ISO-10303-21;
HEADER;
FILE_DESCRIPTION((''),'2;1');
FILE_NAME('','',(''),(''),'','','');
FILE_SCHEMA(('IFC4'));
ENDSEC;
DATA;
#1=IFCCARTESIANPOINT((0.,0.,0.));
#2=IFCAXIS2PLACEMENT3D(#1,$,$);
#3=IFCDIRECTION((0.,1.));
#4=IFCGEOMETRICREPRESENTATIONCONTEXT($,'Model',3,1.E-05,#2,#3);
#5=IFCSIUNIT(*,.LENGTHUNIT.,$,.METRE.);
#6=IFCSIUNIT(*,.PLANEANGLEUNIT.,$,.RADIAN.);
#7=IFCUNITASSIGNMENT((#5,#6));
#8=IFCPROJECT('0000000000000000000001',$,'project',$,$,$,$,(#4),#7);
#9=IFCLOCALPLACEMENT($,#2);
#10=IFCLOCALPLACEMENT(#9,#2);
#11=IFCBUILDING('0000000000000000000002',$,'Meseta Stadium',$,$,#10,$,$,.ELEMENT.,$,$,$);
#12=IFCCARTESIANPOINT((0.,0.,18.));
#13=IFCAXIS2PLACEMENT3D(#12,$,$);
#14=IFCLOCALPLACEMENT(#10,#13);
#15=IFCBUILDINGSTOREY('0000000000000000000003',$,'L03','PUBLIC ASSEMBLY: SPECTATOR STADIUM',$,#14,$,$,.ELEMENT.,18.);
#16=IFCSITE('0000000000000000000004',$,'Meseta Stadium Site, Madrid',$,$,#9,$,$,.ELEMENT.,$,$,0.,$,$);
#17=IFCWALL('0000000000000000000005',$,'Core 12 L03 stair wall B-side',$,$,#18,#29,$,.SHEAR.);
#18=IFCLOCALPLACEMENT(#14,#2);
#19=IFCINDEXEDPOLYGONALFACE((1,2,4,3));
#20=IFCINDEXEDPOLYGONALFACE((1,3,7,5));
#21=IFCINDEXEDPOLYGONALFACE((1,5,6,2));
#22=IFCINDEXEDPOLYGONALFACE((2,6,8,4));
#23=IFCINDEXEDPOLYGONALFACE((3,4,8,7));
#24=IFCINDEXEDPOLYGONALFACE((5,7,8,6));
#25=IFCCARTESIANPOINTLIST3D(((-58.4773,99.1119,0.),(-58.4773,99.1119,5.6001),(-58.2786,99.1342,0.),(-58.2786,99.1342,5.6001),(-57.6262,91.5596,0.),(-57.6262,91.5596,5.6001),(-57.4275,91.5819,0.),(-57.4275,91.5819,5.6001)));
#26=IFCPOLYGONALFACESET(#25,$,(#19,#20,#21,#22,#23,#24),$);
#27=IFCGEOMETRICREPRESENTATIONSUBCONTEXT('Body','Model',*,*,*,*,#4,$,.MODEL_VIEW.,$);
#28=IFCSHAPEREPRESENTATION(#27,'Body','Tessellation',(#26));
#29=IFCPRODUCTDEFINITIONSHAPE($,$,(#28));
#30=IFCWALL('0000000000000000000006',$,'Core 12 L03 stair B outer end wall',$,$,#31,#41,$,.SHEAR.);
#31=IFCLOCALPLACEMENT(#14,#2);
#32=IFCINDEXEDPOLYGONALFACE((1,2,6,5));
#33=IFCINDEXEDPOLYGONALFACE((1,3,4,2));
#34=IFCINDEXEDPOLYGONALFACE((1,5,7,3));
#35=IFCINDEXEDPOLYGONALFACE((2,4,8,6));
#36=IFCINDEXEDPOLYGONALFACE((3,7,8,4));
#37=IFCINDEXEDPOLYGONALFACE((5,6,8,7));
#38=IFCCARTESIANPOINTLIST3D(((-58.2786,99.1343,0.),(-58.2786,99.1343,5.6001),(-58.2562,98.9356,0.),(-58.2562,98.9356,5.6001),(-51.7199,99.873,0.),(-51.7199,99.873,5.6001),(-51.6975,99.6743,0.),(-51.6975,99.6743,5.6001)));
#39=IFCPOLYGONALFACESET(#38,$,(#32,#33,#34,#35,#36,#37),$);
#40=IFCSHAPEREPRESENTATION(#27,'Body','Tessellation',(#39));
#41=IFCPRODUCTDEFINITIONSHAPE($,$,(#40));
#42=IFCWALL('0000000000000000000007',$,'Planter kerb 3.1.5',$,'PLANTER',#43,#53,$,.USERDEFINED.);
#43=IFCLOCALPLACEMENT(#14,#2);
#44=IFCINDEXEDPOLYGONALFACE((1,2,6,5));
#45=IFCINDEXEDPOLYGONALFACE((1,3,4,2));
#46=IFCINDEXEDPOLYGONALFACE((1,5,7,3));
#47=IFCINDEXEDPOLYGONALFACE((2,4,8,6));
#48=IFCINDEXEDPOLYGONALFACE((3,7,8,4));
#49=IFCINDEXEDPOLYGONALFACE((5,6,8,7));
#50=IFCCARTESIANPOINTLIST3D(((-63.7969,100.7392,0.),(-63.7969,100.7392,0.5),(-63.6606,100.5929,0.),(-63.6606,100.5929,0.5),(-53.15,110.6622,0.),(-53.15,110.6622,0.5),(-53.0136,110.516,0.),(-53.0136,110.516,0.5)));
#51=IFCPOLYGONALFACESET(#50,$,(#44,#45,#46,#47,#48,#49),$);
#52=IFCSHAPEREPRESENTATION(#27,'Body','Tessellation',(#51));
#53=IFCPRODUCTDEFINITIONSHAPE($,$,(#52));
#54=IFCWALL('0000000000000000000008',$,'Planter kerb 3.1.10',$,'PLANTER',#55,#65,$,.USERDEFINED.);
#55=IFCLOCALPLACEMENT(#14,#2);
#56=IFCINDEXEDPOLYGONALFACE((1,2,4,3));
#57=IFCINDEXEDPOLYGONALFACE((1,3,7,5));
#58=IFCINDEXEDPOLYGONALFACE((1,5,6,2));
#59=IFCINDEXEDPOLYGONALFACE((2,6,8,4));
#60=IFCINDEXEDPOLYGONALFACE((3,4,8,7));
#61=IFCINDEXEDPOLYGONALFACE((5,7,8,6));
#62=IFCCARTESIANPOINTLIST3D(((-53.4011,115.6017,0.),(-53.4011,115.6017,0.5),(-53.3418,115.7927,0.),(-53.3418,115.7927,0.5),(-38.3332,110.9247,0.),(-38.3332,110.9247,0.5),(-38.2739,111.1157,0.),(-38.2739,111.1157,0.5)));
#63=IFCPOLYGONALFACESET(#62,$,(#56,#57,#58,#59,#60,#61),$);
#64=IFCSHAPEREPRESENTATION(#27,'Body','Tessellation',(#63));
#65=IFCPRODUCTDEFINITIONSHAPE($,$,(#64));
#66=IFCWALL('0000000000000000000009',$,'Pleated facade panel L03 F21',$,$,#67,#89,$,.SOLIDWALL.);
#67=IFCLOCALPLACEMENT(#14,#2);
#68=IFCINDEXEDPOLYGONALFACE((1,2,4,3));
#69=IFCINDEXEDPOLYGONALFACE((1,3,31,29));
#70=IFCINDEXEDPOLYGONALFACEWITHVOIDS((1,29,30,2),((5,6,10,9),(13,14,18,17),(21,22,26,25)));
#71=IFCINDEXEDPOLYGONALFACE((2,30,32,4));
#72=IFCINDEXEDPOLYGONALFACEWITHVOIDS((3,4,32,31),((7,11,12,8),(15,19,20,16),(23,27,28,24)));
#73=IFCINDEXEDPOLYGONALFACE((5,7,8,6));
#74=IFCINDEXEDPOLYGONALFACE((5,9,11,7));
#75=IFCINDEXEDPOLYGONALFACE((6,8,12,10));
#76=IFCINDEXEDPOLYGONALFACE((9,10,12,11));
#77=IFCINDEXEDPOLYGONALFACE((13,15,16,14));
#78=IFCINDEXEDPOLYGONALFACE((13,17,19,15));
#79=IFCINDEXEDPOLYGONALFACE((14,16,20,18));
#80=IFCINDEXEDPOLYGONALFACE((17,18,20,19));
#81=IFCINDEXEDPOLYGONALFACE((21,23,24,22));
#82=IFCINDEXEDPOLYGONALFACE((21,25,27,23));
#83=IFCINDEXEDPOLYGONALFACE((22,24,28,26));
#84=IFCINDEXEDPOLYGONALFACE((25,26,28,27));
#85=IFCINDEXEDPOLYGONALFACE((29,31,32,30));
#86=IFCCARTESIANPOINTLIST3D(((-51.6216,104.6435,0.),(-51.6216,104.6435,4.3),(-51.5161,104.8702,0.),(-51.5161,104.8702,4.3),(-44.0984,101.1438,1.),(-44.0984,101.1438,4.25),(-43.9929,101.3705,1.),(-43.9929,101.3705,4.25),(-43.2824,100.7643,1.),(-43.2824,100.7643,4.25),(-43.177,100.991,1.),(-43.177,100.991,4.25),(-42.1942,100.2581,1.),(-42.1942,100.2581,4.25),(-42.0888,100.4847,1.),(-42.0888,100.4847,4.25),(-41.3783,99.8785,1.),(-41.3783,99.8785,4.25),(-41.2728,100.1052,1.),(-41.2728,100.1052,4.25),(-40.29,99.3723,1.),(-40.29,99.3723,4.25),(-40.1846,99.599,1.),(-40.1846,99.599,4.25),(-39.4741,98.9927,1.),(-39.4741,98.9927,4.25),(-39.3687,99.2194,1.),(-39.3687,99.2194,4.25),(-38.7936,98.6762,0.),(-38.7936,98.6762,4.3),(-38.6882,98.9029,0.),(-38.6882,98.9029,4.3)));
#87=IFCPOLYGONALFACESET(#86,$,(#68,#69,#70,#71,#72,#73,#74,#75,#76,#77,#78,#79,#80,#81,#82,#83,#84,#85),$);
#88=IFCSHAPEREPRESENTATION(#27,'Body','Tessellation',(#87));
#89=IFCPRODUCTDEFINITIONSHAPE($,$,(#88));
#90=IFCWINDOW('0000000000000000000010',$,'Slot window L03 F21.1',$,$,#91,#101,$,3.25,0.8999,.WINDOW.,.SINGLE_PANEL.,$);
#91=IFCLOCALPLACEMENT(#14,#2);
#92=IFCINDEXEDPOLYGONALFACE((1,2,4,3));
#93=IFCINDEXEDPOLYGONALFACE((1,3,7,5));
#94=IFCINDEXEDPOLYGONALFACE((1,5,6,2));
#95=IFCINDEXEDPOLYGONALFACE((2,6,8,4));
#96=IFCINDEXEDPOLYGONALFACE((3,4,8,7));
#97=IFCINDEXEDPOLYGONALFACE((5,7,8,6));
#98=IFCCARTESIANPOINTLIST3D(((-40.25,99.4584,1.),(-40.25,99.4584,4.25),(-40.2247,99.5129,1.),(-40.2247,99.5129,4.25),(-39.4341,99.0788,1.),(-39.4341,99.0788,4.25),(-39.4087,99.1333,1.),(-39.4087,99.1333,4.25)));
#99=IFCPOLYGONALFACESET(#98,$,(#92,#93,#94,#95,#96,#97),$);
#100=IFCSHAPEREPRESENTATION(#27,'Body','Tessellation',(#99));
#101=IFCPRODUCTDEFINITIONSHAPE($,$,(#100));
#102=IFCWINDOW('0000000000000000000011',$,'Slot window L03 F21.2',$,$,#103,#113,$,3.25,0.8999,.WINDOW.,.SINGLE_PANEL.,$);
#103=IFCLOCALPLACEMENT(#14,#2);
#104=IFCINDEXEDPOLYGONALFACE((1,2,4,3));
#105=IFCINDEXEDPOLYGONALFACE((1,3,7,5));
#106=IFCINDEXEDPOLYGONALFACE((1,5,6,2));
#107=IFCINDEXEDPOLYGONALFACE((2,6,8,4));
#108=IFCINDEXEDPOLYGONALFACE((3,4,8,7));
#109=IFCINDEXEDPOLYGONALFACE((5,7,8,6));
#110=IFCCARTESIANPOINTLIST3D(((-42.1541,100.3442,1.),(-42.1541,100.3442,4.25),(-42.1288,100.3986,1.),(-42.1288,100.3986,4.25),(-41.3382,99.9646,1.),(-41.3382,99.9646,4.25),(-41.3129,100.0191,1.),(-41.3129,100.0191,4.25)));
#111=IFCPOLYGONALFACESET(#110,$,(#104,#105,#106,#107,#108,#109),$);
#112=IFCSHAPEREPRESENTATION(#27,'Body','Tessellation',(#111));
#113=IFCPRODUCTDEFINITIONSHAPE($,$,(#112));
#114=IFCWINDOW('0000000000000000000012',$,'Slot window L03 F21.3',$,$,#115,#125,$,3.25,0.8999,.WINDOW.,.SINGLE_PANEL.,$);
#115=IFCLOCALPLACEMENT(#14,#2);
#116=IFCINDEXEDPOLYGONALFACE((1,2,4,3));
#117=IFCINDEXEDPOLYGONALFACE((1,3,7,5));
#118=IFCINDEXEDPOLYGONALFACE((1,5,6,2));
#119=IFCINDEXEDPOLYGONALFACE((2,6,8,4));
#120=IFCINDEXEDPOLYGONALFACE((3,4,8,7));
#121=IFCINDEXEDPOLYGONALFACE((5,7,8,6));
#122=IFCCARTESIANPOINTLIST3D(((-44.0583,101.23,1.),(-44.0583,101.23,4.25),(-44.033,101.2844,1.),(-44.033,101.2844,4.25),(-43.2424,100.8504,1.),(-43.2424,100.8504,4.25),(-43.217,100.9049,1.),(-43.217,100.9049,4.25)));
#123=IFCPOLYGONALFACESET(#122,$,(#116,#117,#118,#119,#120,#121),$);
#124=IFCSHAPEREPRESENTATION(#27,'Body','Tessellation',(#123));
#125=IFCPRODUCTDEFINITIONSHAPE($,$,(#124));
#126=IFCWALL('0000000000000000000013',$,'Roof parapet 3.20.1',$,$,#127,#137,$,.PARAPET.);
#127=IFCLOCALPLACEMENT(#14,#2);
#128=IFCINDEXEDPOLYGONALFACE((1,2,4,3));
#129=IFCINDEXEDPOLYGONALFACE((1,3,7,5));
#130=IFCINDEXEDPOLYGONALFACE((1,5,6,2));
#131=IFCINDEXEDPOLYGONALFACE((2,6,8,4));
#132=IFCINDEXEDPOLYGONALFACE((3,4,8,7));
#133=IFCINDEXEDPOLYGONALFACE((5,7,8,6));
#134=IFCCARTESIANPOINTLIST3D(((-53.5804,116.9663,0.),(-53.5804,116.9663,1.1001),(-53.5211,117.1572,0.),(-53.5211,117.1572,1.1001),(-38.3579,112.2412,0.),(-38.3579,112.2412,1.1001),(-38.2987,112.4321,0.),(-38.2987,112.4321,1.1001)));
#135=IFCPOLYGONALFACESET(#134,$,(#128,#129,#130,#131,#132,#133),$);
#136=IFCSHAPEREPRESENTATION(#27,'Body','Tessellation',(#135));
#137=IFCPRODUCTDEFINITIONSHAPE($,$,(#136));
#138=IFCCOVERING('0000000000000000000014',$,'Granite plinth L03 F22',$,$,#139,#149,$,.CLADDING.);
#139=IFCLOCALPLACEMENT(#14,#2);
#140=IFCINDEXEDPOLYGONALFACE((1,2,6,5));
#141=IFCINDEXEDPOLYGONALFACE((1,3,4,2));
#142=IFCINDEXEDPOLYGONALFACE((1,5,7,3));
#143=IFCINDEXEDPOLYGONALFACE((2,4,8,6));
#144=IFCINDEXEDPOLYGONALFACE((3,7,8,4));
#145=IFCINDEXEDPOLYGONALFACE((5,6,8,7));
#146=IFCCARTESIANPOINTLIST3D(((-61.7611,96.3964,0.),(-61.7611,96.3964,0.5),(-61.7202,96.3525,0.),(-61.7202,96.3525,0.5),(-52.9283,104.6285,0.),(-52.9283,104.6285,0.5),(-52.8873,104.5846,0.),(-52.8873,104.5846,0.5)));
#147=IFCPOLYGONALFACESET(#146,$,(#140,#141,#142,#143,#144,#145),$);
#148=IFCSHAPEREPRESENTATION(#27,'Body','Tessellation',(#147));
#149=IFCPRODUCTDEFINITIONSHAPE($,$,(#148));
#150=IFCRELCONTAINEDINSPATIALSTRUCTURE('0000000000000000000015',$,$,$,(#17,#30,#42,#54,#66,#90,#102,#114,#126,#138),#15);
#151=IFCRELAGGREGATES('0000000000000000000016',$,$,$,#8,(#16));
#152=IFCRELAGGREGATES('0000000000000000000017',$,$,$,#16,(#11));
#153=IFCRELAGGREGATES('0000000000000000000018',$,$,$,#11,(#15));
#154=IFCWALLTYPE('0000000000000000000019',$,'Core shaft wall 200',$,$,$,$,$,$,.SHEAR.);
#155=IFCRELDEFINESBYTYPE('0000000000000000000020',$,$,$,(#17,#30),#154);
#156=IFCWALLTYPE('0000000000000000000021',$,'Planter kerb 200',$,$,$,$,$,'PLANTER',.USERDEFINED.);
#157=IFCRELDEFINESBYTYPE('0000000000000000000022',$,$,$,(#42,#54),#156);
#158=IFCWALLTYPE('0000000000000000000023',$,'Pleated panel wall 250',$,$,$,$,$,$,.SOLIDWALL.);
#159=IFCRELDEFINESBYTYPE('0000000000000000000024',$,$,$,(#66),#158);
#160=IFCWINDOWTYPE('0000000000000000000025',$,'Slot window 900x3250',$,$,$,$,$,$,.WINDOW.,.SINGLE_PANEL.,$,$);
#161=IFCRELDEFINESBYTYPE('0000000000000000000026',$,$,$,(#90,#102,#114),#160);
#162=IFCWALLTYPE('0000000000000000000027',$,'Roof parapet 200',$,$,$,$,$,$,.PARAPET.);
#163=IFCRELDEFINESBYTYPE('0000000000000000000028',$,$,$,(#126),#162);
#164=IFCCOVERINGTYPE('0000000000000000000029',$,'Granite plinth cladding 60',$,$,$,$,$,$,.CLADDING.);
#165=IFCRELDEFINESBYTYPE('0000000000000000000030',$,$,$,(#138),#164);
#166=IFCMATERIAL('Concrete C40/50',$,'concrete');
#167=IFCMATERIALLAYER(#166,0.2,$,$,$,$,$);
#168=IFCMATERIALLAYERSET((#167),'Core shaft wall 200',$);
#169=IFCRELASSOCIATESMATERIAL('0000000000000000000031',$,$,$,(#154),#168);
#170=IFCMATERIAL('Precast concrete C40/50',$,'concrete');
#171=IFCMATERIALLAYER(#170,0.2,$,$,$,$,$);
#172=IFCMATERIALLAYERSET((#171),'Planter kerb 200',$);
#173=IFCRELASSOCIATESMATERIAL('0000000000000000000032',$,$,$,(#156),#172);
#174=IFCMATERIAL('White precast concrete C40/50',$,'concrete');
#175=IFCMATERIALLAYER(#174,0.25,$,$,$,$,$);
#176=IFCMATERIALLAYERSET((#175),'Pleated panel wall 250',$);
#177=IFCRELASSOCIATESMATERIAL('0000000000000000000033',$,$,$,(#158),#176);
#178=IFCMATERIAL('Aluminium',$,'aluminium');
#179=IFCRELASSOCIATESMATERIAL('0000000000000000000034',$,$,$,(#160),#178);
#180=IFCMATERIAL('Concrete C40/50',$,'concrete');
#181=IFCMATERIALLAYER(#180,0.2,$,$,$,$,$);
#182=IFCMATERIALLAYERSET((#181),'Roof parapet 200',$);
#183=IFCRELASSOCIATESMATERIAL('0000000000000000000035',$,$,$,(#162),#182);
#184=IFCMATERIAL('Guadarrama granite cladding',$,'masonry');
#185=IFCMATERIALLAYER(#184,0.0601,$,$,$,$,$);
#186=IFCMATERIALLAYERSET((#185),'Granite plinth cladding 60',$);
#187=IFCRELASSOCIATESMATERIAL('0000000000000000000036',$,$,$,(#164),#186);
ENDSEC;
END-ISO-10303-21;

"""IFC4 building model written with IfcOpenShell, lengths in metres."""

from ifc_helpers import new_model, si_unit, direction, frame, frame_2d, origin, origin_2d, place, context, subcontext, project, spatial, rectangle, extrude, material, layer, layer_set, type_object, element, fill, save


model = new_model("IFC4")

# Units and contexts
model_context = context("Model", 3, precision=1e-05, world=origin(), true_north=direction((0.0, 1.0)))
body_context = subcontext(model_context, "Body", "Model", "MODEL_VIEW")
ifc_project = project(units=[si_unit("LENGTHUNIT", "METRE"), si_unit("PLANEANGLEUNIT", "RADIAN")], contexts=[model_context])

# Site, building, storey
site_placement = place(None, origin())
site = spatial("IfcSite", under=ifc_project, at=site_placement, Name="Meseta Stadium Site, Madrid", CompositionType="ELEMENT", RefElevation=0.0)
building_placement = place(site_placement, origin())
building = spatial("IfcBuilding", under=site, at=building_placement, Name="Meseta Stadium", CompositionType="ELEMENT")
storey_placement = place(building_placement, frame((0.0, 0.0, 18.0)))
storey = spatial("IfcBuildingStorey", under=building, at=storey_placement, Name="L03", Description="PUBLIC ASSEMBLY: SPECTATOR STADIUM", CompositionType="ELEMENT", Elevation=18.0)

# Walls
ifc_material_1 = material(Name="Concrete C40/50", Category="concrete")
ifc_layer_1 = layer(ifc_material_1, 0.2)
ifc_layer_set_1 = layer_set([ifc_layer_1], Name="Core shaft wall 200")
wall_type_1 = type_object("IfcWallType", Name="Core shaft wall 200", PredefinedType="SHEAR", material=ifc_layer_set_1)
wall_1_placement = place(storey_placement, frame((-58.3779, 99.123, 0.0), z_axis=(0.0, 0.0, 1.0), x_axis=(0.111983, -0.99371, 0.0)))
element("IfcWall", 1, at=wall_1_placement, inside=storey, type_object=wall_type_1, Name="Core 12 L03 stair wall B-side", PredefinedType="SHEAR", context=body_context, shape_type="SweptSolid", body=[
    extrude(rectangle(XDim=7.6001, YDim=0.2, at=frame_2d((3.8, 0.0))), origin(), (0.0, 0.0, 1.0), 5.6001),
])
wall_2_placement = place(storey_placement, frame((-51.7087, 99.7737, 0.0), z_axis=(0.0, 0.0, 1.0), x_axis=(-0.993716, -0.111934, 0.0)))
element("IfcWall", 2, at=wall_2_placement, inside=storey, type_object=wall_type_1, Name="Core 12 L03 stair B outer end wall", PredefinedType="SHEAR", context=body_context, shape_type="SweptSolid", body=[
    extrude(rectangle(XDim=6.6001, YDim=0.2, at=frame_2d((3.3, 0.0))), origin(), (0.0, 0.0, 1.0), 5.6001),
])
ifc_material_2 = material(Name="Precast concrete C40/50", Category="concrete")
ifc_layer_2 = layer(ifc_material_2, 0.2)
ifc_layer_set_2 = layer_set([ifc_layer_2], Name="Planter kerb 200")
wall_type_2 = type_object("IfcWallType", Name="Planter kerb 200", ElementType="PLANTER", PredefinedType="USERDEFINED", material=ifc_layer_set_2)
wall_3_placement = place(storey_placement, frame((-53.0818, 110.5891, 0.0), z_axis=(0.0, 0.0, 1.0), x_axis=(-0.731538, -0.681801, 0.0)))
element("IfcWall", 3, at=wall_3_placement, inside=storey, type_object=wall_type_2, Name="Planter kerb 3.1.5", ObjectType="PLANTER", PredefinedType="USERDEFINED", context=body_context, shape_type="SweptSolid", body=[
    extrude(rectangle(XDim=14.5542, YDim=0.2, at=frame_2d((7.2771, 0.0))), origin(), (0.0, 0.0, 1.0), 0.5),
])
wall_4_placement = place(storey_placement, frame((-53.3716, 115.6973, 0.0), z_axis=(0.0, 0.0, 1.0), x_axis=(0.95505, -0.296444, 0.0)))
element("IfcWall", 4, at=wall_4_placement, inside=storey, type_object=wall_type_2, Name="Planter kerb 3.1.10", ObjectType="PLANTER", PredefinedType="USERDEFINED", context=body_context, shape_type="SweptSolid", body=[
    extrude(rectangle(XDim=15.7771, YDim=0.2, at=frame_2d((7.8887, 0.0))), origin(), (0.0, 0.0, 1.0), 0.5),
])

# Wall, openings, windows
ifc_material_3 = material(Name="White precast concrete C40/50", Category="concrete")
ifc_layer_3 = layer(ifc_material_3, 0.25)
ifc_layer_set_3 = layer_set([ifc_layer_3], Name="Pleated panel wall 250")
wall_type_3 = type_object("IfcWallType", Name="Pleated panel wall 250", PredefinedType="SOLIDWALL", material=ifc_layer_set_3)
wall_5_placement = place(storey_placement, frame((-51.5688, 104.7568, 0.0), z_axis=(0.0, 0.0, 1.0), x_axis=(0.906699, -0.421779, 0.0)))
wall_5 = element("IfcWall", 5, at=wall_5_placement, inside=storey, type_object=wall_type_3, Name="Pleated facade panel L03 F21", PredefinedType="SOLIDWALL", context=body_context, shape_type="SweptSolid", body=[
    extrude(rectangle(XDim=14.1479, YDim=0.25, at=frame_2d((7.074, 0.0))), origin(), (0.0, 0.0, 1.0), 4.3),
])
opening_1_placement = place(wall_5_placement, frame((12.4976, 0.0, 1.0)))
opening_1 = element("IfcOpeningElement", 6, at=opening_1_placement, cuts=wall_5, PredefinedType="OPENING", context=body_context, shape_type="SweptSolid", body=[
    extrude(rectangle(XDim=0.8999, YDim=3.25, at=frame_2d((0.45, 1.625))), frame((0.0, 0.135, 0.0), z_axis=(0.0, -1.0, 0.0), x_axis=(1.0, 0.0, 0.0)), (0.0, 0.0, 1.0), 0.27),
])
opening_2_placement = place(wall_5_placement, frame((10.3975, 0.0, 1.0)))
opening_2 = element("IfcOpeningElement", 7, at=opening_2_placement, cuts=wall_5, PredefinedType="OPENING", context=body_context, shape_type="SweptSolid", body=[
    extrude(rectangle(XDim=0.8999, YDim=3.25, at=frame_2d((0.45, 1.625))), frame((0.0, 0.135, 0.0), z_axis=(0.0, -1.0, 0.0), x_axis=(1.0, 0.0, 0.0)), (0.0, 0.0, 1.0), 0.27),
])
opening_3_placement = place(wall_5_placement, frame((8.2974, 0.0, 1.0)))
opening_3 = element("IfcOpeningElement", 8, at=opening_3_placement, cuts=wall_5, PredefinedType="OPENING", context=body_context, shape_type="SweptSolid", body=[
    extrude(rectangle(XDim=0.8999, YDim=3.25, at=frame_2d((0.45, 1.625))), frame((0.0, 0.135, 0.0), z_axis=(0.0, -1.0, 0.0), x_axis=(1.0, 0.0, 0.0)), (0.0, 0.0, 1.0), 0.27),
])
ifc_material_4 = material(Name="Aluminium", Category="aluminium")
window_type = type_object("IfcWindowType", Name="Slot window 900x3250", PartitioningType="SINGLE_PANEL", PredefinedType="WINDOW", material=ifc_material_4)
window_1_placement = place(opening_1_placement, origin())
window_1 = element("IfcWindow", 9, at=window_1_placement, inside=storey, type_object=window_type, Name="Slot window L03 F21.1", OverallHeight=3.25, OverallWidth=0.8999, PartitioningType="SINGLE_PANEL", PredefinedType="WINDOW", context=body_context, shape_type="SweptSolid", body=[
    extrude(rectangle(XDim=0.8999, YDim=3.25, at=frame_2d((0.45, 1.625))), frame((0.0, 0.03, 0.0), z_axis=(0.0, -1.0, 0.0), x_axis=(1.0, 0.0, 0.0)), (0.0, 0.0, 1.0), 0.0601),
])
fill(opening_1, window_1)
window_2_placement = place(opening_2_placement, origin())
window_2 = element("IfcWindow", 10, at=window_2_placement, inside=storey, type_object=window_type, Name="Slot window L03 F21.2", OverallHeight=3.25, OverallWidth=0.8999, PartitioningType="SINGLE_PANEL", PredefinedType="WINDOW", context=body_context, shape_type="SweptSolid", body=[
    extrude(rectangle(XDim=0.8999, YDim=3.25, at=frame_2d((0.45, 1.625))), frame((0.0, 0.03, 0.0), z_axis=(0.0, -1.0, 0.0), x_axis=(1.0, 0.0, 0.0)), (0.0, 0.0, 1.0), 0.0601),
])
fill(opening_2, window_2)
window_3_placement = place(opening_3_placement, origin())
window_3 = element("IfcWindow", 11, at=window_3_placement, inside=storey, type_object=window_type, Name="Slot window L03 F21.3", OverallHeight=3.25, OverallWidth=0.8999, PartitioningType="SINGLE_PANEL", PredefinedType="WINDOW", context=body_context, shape_type="SweptSolid", body=[
    extrude(rectangle(XDim=0.8999, YDim=3.25, at=frame_2d((0.45, 1.625))), frame((0.0, 0.03, 0.0), z_axis=(0.0, -1.0, 0.0), x_axis=(1.0, 0.0, 0.0)), (0.0, 0.0, 1.0), 0.0601),
])
fill(opening_3, window_3)

# Wall
ifc_material_5 = material(Name="Concrete C40/50", Category="concrete")
ifc_layer_4 = layer(ifc_material_5, 0.2)
ifc_layer_set_4 = layer_set([ifc_layer_4], Name="Roof parapet 200")
wall_type_4 = type_object("IfcWallType", Name="Roof parapet 200", PredefinedType="PARAPET", material=ifc_layer_set_4)
wall_6_placement = place(storey_placement, frame((-53.5508, 117.0618, 0.0), z_axis=(0.0, 0.0, 1.0), x_axis=(0.955048, -0.296451, 0.0)))
element("IfcWall", 12, at=wall_6_placement, inside=storey, type_object=wall_type_4, Name="Roof parapet 3.20.1", PredefinedType="PARAPET", context=body_context, shape_type="SweptSolid", body=[
    extrude(rectangle(XDim=15.939, YDim=0.2, at=frame_2d((7.9695, 0.0))), origin(), (0.0, 0.0, 1.0), 1.1001),
])

# Covering
ifc_material_6 = material(Name="Guadarrama granite cladding", Category="masonry")
ifc_layer_5 = layer(ifc_material_6, 0.0601)
ifc_layer_set_5 = layer_set([ifc_layer_5], Name="Granite plinth cladding 60")
covering_type_1 = type_object("IfcCoveringType", Name="Granite plinth cladding 60", PredefinedType="CLADDING", material=ifc_layer_set_5)
covering_1_placement = place(storey_placement, frame((-57.3242, 100.4905, 0.0), z_axis=(0.0, 0.0, 1.0), x_axis=(0.731545, 0.681793, 0.0)))
element("IfcCovering", 13, at=covering_1_placement, inside=storey, type_object=covering_type_1, Name="Granite plinth L03 F22", PredefinedType="CLADDING", context=body_context, shape_type="SweptSolid", body=[
    extrude(rectangle(XDim=12.0742, YDim=0.0601, at=origin_2d()), origin(), (0.0, 0.0, 1.0), 0.5),
])

save(model, "model.ifc")
